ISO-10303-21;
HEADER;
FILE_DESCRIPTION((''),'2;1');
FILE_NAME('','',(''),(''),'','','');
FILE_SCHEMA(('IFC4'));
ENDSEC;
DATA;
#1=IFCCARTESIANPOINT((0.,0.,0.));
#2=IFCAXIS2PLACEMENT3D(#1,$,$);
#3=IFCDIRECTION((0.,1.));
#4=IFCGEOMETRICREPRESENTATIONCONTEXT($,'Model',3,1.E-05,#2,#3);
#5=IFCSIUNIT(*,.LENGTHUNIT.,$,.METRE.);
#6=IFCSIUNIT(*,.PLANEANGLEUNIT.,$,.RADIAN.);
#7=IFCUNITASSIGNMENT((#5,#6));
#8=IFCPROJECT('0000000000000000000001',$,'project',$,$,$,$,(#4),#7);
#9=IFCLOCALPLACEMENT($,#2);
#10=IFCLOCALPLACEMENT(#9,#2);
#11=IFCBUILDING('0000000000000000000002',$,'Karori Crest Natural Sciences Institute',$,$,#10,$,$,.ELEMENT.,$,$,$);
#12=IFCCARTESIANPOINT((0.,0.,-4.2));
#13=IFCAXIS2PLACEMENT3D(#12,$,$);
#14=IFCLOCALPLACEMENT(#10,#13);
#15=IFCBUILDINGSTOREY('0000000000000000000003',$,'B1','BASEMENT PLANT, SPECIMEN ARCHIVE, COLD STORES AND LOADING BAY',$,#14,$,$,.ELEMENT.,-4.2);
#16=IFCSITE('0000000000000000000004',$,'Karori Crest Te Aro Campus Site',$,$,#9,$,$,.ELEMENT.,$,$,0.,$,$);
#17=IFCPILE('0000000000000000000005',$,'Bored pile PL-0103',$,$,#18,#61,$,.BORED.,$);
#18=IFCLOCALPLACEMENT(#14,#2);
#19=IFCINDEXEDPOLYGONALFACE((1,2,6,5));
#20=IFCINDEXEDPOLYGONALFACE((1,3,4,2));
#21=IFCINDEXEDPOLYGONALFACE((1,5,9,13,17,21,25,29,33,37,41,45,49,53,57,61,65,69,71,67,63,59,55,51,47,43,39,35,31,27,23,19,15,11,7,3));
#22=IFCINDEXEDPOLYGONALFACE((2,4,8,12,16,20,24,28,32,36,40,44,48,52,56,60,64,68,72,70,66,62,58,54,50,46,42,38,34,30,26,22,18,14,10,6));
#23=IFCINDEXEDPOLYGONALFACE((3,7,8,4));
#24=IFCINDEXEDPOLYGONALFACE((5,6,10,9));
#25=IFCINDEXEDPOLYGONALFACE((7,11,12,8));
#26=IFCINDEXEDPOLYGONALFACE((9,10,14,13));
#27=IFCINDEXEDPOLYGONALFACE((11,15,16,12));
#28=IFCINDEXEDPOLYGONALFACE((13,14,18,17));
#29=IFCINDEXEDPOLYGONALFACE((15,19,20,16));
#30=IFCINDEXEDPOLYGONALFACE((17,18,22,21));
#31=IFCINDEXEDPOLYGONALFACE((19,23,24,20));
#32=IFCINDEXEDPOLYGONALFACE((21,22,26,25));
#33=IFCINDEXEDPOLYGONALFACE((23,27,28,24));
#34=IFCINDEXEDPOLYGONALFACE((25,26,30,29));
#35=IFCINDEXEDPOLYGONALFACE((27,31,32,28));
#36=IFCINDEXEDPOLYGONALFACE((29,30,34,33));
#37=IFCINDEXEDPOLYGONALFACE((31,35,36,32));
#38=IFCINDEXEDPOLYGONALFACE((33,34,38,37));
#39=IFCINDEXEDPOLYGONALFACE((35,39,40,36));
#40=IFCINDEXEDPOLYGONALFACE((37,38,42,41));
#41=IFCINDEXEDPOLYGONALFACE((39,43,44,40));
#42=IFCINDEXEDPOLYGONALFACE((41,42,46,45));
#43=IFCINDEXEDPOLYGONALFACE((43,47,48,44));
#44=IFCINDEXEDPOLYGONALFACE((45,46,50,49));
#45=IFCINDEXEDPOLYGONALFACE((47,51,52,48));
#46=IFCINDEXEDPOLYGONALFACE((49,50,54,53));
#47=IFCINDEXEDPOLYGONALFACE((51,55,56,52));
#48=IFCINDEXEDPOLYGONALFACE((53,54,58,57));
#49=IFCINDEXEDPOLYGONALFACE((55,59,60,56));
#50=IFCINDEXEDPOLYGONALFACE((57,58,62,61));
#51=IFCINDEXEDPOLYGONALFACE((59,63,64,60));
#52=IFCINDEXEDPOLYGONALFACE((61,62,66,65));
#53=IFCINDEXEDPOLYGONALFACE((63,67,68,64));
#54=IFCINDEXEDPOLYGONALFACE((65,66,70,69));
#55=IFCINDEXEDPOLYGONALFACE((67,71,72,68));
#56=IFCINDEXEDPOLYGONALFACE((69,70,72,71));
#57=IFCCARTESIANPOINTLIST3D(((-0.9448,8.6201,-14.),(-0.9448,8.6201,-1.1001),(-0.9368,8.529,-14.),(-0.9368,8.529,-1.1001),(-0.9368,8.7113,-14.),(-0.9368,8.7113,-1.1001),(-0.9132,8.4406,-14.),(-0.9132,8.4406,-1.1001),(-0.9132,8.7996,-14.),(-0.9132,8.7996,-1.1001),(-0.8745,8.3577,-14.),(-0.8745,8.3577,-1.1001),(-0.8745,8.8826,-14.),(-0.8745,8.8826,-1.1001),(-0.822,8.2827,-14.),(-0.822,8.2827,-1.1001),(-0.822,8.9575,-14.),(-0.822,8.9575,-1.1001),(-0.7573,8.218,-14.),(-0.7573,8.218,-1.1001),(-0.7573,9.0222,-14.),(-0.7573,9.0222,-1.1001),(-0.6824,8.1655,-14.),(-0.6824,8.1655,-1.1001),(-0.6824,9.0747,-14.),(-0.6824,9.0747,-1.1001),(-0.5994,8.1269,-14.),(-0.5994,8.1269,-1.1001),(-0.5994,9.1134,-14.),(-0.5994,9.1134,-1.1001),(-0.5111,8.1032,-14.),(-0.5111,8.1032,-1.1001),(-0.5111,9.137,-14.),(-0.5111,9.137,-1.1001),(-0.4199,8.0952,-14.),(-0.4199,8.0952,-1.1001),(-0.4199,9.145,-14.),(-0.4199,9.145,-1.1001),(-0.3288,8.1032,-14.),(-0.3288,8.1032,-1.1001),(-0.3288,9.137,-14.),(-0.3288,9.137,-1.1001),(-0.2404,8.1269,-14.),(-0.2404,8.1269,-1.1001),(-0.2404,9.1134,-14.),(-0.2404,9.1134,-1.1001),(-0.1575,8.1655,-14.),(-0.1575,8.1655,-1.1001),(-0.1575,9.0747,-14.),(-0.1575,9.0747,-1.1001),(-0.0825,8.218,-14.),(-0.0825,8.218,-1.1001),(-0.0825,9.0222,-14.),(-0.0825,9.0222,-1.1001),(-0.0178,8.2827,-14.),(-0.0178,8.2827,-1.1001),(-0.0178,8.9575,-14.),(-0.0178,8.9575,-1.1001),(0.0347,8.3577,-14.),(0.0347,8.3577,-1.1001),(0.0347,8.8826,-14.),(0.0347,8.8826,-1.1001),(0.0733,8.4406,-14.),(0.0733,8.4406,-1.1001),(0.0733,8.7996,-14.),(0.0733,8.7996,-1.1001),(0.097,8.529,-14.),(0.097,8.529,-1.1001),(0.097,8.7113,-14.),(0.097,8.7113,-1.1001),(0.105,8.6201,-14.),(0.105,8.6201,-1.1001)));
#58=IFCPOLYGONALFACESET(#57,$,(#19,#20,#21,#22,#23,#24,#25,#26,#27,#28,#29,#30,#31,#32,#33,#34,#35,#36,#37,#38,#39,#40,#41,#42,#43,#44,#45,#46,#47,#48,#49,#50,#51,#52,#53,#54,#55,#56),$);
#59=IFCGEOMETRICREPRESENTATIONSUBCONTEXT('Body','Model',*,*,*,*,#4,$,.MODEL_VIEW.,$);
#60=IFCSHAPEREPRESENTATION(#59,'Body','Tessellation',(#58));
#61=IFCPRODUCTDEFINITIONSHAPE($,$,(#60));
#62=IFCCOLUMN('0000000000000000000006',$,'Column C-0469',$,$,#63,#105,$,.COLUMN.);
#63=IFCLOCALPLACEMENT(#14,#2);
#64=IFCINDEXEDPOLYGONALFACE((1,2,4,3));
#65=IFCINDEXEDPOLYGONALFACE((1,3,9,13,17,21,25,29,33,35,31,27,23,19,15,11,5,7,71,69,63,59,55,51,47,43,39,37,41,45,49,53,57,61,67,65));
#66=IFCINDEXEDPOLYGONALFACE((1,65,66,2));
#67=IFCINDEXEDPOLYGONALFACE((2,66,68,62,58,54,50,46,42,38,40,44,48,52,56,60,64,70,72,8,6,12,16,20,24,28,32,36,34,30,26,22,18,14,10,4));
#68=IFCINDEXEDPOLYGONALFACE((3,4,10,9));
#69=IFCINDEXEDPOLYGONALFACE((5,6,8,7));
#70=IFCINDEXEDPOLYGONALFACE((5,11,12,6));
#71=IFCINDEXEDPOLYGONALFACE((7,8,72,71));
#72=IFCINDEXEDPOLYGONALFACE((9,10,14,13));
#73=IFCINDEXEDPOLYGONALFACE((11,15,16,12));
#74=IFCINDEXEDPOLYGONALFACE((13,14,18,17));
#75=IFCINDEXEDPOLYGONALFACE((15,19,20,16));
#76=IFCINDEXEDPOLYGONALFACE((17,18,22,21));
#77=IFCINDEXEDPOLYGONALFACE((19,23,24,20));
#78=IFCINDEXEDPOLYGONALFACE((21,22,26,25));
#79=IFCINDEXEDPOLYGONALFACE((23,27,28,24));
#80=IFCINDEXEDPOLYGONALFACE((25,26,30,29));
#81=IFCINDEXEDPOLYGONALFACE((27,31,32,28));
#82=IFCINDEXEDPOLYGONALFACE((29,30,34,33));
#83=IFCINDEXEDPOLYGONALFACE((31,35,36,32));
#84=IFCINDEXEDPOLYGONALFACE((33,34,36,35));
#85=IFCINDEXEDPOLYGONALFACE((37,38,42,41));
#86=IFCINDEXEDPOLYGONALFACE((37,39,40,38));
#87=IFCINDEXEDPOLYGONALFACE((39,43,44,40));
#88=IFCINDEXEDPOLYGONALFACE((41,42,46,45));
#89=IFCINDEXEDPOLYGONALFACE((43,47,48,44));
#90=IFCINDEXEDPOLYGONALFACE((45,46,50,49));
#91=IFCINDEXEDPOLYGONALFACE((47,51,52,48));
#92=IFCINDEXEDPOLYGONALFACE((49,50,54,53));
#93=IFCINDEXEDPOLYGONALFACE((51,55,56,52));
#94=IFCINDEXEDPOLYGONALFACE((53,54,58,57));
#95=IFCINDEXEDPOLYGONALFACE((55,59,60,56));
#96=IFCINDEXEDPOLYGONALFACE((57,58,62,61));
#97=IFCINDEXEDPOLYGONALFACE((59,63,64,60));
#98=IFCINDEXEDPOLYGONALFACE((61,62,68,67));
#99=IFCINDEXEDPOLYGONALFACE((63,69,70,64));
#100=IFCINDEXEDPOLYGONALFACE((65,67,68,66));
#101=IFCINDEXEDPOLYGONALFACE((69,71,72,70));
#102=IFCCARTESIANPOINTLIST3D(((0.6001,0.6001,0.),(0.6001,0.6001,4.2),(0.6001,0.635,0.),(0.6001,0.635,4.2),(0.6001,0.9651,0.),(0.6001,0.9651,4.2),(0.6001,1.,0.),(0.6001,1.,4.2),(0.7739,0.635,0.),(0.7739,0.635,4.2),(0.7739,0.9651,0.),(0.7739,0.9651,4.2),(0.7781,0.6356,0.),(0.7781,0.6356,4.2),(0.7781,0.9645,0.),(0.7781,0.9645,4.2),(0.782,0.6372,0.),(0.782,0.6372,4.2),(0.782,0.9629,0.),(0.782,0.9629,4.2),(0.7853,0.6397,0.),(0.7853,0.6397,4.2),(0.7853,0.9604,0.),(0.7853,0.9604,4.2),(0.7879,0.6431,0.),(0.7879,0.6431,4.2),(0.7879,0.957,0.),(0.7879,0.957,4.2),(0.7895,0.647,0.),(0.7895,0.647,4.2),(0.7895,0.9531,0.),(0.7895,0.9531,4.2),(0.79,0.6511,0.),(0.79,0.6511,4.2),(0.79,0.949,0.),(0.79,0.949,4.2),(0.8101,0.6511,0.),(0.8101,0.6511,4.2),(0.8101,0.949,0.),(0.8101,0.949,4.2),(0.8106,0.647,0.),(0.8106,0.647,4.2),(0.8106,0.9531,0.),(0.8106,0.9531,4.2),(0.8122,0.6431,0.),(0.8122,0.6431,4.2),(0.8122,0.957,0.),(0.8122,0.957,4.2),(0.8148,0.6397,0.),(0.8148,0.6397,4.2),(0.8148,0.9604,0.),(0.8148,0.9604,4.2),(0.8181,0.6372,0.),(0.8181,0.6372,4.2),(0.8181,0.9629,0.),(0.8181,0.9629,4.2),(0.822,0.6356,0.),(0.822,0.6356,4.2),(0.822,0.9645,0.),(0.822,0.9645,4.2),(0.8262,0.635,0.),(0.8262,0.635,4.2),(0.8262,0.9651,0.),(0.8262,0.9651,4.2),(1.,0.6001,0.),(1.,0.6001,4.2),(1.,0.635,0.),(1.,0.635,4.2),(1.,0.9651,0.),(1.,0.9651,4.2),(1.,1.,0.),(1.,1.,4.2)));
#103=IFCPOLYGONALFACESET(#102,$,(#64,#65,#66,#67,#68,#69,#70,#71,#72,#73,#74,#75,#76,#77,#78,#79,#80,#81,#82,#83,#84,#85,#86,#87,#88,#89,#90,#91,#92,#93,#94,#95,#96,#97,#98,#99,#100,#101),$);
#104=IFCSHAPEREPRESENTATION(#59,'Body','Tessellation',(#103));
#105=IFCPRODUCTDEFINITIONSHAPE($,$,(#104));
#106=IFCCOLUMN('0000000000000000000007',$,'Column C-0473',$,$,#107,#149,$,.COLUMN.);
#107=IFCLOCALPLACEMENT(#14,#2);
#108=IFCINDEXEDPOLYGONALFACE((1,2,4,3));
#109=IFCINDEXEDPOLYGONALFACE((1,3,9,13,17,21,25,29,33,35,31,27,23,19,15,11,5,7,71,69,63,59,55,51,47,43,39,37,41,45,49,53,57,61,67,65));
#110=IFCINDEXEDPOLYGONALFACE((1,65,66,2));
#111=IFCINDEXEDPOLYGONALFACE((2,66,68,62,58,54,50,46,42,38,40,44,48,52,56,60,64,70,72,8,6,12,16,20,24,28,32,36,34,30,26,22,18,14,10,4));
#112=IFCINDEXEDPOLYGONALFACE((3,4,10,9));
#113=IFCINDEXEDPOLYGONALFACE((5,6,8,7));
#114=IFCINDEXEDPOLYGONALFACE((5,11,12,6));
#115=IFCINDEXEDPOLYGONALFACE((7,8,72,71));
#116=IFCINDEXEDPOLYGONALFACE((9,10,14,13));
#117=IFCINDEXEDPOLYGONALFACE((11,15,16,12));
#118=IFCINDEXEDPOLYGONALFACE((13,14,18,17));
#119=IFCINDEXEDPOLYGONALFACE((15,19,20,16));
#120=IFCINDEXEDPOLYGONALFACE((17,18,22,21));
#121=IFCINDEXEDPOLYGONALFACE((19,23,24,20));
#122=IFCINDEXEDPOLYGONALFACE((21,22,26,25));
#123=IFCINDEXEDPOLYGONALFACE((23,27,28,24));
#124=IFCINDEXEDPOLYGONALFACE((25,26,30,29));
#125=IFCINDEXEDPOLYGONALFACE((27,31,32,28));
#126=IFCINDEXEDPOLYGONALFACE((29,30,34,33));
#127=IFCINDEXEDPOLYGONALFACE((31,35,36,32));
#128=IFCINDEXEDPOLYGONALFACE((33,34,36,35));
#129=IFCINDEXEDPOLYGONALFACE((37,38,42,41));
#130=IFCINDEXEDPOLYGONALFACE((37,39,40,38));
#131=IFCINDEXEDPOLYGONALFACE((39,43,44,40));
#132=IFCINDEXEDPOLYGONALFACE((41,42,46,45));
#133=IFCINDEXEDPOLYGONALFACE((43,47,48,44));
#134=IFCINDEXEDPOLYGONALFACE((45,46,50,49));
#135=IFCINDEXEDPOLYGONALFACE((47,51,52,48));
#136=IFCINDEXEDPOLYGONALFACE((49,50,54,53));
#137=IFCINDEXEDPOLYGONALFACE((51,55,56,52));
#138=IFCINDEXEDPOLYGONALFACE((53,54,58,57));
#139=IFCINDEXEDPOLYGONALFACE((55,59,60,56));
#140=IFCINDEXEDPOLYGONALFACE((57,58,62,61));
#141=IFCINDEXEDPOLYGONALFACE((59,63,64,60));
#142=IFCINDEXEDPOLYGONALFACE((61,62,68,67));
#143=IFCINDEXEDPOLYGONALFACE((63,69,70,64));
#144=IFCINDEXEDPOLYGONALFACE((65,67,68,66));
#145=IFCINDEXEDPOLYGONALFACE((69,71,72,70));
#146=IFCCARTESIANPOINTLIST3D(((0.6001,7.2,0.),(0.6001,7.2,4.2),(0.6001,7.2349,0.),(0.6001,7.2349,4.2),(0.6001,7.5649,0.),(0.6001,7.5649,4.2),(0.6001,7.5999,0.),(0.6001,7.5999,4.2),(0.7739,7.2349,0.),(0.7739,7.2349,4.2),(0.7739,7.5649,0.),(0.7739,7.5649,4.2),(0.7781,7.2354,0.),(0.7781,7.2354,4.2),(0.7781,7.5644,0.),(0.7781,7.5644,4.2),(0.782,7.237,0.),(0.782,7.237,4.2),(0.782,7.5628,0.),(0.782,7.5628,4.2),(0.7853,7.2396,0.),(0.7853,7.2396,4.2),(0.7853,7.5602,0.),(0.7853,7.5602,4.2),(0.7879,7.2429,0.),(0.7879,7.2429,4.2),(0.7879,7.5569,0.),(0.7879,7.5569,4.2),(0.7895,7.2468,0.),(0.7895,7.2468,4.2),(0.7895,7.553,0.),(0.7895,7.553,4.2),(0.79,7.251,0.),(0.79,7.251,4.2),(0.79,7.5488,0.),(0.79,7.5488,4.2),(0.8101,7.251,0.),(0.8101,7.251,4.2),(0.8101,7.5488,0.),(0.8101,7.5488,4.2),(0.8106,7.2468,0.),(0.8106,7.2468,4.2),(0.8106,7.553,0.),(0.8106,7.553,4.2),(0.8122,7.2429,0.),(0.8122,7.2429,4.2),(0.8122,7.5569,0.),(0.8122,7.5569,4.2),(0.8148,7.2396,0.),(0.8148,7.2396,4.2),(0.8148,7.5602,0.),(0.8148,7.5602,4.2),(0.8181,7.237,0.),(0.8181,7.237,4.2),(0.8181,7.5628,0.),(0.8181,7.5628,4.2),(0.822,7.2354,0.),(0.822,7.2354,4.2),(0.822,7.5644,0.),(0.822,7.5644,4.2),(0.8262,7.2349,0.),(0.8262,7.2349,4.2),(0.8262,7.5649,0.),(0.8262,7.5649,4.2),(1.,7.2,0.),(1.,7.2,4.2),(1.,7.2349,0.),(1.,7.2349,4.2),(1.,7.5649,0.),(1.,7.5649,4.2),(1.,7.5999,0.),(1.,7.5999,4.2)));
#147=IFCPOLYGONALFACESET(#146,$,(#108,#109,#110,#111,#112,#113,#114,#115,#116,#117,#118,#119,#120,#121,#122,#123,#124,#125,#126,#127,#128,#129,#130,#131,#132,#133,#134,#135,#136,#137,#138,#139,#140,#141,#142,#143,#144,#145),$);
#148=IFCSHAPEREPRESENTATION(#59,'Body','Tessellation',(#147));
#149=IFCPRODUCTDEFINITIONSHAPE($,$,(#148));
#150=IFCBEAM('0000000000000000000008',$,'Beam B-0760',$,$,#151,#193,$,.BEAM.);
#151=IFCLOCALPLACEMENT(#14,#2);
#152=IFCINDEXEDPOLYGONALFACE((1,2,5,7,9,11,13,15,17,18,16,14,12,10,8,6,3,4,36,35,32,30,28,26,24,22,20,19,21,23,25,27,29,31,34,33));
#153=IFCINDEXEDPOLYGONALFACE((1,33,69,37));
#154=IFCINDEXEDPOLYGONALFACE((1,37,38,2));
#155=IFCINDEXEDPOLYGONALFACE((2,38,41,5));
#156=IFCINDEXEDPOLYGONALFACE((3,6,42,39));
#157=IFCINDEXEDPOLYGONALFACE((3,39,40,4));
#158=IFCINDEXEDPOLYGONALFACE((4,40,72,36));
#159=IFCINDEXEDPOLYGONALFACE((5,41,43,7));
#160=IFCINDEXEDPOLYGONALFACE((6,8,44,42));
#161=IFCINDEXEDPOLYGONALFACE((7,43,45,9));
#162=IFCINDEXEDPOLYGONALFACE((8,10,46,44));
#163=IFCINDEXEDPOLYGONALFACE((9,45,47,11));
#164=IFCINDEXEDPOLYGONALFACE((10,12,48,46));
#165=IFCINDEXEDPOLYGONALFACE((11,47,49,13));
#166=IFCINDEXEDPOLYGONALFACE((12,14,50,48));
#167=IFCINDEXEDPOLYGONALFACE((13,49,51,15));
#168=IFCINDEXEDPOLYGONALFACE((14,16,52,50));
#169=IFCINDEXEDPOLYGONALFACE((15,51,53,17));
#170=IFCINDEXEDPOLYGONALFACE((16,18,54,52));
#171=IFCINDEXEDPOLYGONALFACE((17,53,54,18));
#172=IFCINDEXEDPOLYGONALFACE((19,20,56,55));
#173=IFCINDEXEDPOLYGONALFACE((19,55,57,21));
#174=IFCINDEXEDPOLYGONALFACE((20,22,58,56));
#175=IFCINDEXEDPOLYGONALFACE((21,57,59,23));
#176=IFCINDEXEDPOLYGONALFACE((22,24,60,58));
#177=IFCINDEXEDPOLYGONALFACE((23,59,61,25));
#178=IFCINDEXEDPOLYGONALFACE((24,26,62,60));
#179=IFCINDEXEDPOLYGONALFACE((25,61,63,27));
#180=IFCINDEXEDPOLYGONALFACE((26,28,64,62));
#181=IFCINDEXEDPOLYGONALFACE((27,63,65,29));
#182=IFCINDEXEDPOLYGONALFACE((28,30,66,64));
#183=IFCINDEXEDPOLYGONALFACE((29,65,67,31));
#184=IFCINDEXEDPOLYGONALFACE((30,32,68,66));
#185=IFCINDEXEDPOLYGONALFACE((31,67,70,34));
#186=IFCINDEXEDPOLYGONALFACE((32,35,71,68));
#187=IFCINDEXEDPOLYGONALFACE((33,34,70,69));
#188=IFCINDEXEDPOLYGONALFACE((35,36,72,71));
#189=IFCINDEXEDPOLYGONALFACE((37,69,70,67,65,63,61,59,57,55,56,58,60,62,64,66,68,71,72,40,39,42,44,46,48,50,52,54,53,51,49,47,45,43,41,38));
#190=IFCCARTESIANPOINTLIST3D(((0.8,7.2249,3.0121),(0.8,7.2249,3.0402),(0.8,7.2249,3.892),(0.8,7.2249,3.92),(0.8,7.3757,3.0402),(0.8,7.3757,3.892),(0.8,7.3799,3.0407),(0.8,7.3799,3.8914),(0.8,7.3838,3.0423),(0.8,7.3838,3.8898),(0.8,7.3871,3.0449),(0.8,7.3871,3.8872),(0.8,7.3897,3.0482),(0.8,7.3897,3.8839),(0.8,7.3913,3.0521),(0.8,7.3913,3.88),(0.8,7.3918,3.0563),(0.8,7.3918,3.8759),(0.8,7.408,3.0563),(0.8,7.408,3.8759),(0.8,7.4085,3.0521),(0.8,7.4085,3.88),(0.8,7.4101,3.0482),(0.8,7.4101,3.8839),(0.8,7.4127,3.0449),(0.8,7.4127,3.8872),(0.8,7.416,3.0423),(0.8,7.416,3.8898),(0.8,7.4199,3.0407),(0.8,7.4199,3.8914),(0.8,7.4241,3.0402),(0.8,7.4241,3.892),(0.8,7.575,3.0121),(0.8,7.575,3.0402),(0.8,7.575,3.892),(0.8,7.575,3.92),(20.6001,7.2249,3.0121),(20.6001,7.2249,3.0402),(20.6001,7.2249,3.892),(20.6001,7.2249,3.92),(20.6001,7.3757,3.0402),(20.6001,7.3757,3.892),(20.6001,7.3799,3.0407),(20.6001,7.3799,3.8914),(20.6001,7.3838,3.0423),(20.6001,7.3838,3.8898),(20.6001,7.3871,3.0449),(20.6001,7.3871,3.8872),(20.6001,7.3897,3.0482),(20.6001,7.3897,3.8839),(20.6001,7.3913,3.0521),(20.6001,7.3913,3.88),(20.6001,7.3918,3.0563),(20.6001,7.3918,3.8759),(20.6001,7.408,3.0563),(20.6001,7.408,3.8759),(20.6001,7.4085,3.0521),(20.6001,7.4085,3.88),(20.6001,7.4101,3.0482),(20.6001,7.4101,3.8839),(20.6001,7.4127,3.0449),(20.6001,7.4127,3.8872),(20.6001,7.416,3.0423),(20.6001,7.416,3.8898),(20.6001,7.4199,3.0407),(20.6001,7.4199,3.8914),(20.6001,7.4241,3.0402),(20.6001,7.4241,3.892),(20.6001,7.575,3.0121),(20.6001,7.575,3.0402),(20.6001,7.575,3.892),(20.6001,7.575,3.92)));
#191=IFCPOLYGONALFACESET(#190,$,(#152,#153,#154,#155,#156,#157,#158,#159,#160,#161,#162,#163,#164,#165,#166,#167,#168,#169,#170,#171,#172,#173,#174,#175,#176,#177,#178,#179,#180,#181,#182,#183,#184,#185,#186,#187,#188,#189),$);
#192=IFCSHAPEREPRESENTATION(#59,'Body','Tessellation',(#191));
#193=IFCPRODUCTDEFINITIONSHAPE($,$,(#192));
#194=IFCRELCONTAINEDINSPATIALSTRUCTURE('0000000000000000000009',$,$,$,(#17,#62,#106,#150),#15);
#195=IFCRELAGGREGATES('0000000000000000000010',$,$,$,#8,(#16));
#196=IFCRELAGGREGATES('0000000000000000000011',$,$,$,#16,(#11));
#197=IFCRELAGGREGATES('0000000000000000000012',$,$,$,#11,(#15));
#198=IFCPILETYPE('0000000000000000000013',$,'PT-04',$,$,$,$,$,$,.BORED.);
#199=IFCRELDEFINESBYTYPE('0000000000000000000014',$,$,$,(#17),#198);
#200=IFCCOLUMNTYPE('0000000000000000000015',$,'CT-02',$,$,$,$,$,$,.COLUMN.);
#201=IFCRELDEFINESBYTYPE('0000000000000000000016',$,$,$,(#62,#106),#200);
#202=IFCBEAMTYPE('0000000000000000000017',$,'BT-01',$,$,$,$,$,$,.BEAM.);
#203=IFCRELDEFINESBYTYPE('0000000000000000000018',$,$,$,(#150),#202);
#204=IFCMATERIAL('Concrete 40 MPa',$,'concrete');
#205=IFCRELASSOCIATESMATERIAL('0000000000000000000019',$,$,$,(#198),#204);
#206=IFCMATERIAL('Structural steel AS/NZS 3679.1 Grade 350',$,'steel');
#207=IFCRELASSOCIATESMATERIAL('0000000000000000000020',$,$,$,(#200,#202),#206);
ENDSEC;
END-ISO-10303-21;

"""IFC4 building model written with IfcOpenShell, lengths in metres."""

from ifc_helpers import new_model, si_unit, direction, frame, origin, origin_2d, place, context, subcontext, project, spatial, circle, i_section, extrude, material, material_profile, profile_set, type_object, element, save


model = new_model("IFC4")

# Units and contexts
model_context = context("Model", 3, precision=1e-05, world=origin(), true_north=direction((0.0, 1.0)))
body_context = subcontext(model_context, "Body", "Model", "MODEL_VIEW")
ifc_project = project(units=[si_unit("LENGTHUNIT", "METRE"), si_unit("PLANEANGLEUNIT", "RADIAN")], contexts=[model_context])

# Site, building, storey
site_placement = place(None, origin())
site = spatial("IfcSite", under=ifc_project, at=site_placement, Name="Karori Crest Te Aro Campus Site", CompositionType="ELEMENT", RefElevation=0.0)
building_placement = place(site_placement, origin())
building = spatial("IfcBuilding", under=site, at=building_placement, Name="Karori Crest Natural Sciences Institute", CompositionType="ELEMENT")
storey_placement = place(building_placement, frame((0.0, 0.0, -4.2)))
storey = spatial("IfcBuildingStorey", under=building, at=storey_placement, Name="B1", Description="BASEMENT PLANT, SPECIMEN ARCHIVE, COLD STORES AND LOADING BAY", CompositionType="ELEMENT", Elevation=-4.2)

# Shared definitions
ifc_material_1 = material(Name="Concrete 40 MPa", Category="concrete")

# Pile
ifc_material_profile_1 = material_profile(ifc_material_1, circle(Radius=0.5249, at=origin_2d()), Name="PILE1050")
ifc_profile_set_1 = profile_set([ifc_material_profile_1], Name="Concrete 40 MPa")
pile_type = type_object("IfcPileType", Name="PT-04", PredefinedType="BORED", material=ifc_profile_set_1)
for number, where, z_axis, x_axis, name in (
    (1, (-0.4199, 8.6201, -1.1001), (0.0, 0.0, -1.0), (1.0, 0.0, 0.0), "Bored pile PL-0103"),
):
    element("IfcPile", number, at=place(storey_placement, frame(where, z_axis=z_axis, x_axis=x_axis)), inside=storey, type_object=pile_type, Name=name, PredefinedType="BORED", context=body_context, shape_type="SweptSolid", body=[
        extrude(circle(Radius=0.5249, at=origin_2d()), origin(), (0.0, 0.0, 1.0), 12.8999),
    ])

# Columns
ifc_material_2 = material(Name="Structural steel AS/NZS 3679.1 Grade 350", Category="steel")
ifc_material_profile_2 = material_profile(ifc_material_2, i_section(OverallWidth=0.3999, OverallDepth=0.3999, WebThickness=0.02, FlangeThickness=0.0349, FilletRadius=0.0161, at=origin_2d()), Name="400WC328")
ifc_profile_set_2 = profile_set([ifc_material_profile_2], Name="Structural steel AS/NZS 3679.1 Grade 350")
column_type = type_object("IfcColumnType", Name="CT-02", PredefinedType="COLUMN", material=ifc_profile_set_2)
for number, where, z_axis, x_axis, name in (
    (2, (0.8, 0.8, 0.0), (0.0, 0.0, 1.0), (1.0, 0.0, 0.0), "Column C-0469"),
    (3, (0.8, 7.3999, 0.0), (0.0, 0.0, 1.0), (1.0, 0.0, 0.0), "Column C-0473"),
):
    element("IfcColumn", number, at=place(storey_placement, frame(where, z_axis=z_axis, x_axis=x_axis)), inside=storey, type_object=column_type, Name=name, PredefinedType="COLUMN", context=body_context, shape_type="SweptSolid", body=[
        extrude(i_section(OverallWidth=0.3999, OverallDepth=0.3999, WebThickness=0.02, FlangeThickness=0.0349, FilletRadius=0.0161, at=origin_2d()), origin(), (0.0, 0.0, 1.0), 4.2),
    ])

# Beam
ifc_material_profile_3 = material_profile(ifc_material_2, i_section(OverallWidth=0.3501, OverallDepth=0.908, WebThickness=0.0161, FlangeThickness=0.0281, FilletRadius=0.0161, at=origin_2d()), Name="900WB257")
ifc_profile_set_3 = profile_set([ifc_material_profile_3], Name="Structural steel AS/NZS 3679.1 Grade 350")
beam_type_1 = type_object("IfcBeamType", Name="BT-01", PredefinedType="BEAM", material=ifc_profile_set_3)
beam_1_placement = place(storey_placement, frame((0.8, 7.3999, 3.4661), z_axis=(1.0, 0.0, 0.0), x_axis=(0.0, 1.0, 0.0)))
element("IfcBeam", 4, at=beam_1_placement, inside=storey, type_object=beam_type_1, Name="Beam B-0760", PredefinedType="BEAM", context=body_context, shape_type="SweptSolid", body=[
    extrude(i_section(OverallWidth=0.3501, OverallDepth=0.908, WebThickness=0.0161, FlangeThickness=0.0281, FilletRadius=0.0161, at=origin_2d()), origin(), (0.0, 0.0, 1.0), 19.8),
])

save(model, "model.ifc")
